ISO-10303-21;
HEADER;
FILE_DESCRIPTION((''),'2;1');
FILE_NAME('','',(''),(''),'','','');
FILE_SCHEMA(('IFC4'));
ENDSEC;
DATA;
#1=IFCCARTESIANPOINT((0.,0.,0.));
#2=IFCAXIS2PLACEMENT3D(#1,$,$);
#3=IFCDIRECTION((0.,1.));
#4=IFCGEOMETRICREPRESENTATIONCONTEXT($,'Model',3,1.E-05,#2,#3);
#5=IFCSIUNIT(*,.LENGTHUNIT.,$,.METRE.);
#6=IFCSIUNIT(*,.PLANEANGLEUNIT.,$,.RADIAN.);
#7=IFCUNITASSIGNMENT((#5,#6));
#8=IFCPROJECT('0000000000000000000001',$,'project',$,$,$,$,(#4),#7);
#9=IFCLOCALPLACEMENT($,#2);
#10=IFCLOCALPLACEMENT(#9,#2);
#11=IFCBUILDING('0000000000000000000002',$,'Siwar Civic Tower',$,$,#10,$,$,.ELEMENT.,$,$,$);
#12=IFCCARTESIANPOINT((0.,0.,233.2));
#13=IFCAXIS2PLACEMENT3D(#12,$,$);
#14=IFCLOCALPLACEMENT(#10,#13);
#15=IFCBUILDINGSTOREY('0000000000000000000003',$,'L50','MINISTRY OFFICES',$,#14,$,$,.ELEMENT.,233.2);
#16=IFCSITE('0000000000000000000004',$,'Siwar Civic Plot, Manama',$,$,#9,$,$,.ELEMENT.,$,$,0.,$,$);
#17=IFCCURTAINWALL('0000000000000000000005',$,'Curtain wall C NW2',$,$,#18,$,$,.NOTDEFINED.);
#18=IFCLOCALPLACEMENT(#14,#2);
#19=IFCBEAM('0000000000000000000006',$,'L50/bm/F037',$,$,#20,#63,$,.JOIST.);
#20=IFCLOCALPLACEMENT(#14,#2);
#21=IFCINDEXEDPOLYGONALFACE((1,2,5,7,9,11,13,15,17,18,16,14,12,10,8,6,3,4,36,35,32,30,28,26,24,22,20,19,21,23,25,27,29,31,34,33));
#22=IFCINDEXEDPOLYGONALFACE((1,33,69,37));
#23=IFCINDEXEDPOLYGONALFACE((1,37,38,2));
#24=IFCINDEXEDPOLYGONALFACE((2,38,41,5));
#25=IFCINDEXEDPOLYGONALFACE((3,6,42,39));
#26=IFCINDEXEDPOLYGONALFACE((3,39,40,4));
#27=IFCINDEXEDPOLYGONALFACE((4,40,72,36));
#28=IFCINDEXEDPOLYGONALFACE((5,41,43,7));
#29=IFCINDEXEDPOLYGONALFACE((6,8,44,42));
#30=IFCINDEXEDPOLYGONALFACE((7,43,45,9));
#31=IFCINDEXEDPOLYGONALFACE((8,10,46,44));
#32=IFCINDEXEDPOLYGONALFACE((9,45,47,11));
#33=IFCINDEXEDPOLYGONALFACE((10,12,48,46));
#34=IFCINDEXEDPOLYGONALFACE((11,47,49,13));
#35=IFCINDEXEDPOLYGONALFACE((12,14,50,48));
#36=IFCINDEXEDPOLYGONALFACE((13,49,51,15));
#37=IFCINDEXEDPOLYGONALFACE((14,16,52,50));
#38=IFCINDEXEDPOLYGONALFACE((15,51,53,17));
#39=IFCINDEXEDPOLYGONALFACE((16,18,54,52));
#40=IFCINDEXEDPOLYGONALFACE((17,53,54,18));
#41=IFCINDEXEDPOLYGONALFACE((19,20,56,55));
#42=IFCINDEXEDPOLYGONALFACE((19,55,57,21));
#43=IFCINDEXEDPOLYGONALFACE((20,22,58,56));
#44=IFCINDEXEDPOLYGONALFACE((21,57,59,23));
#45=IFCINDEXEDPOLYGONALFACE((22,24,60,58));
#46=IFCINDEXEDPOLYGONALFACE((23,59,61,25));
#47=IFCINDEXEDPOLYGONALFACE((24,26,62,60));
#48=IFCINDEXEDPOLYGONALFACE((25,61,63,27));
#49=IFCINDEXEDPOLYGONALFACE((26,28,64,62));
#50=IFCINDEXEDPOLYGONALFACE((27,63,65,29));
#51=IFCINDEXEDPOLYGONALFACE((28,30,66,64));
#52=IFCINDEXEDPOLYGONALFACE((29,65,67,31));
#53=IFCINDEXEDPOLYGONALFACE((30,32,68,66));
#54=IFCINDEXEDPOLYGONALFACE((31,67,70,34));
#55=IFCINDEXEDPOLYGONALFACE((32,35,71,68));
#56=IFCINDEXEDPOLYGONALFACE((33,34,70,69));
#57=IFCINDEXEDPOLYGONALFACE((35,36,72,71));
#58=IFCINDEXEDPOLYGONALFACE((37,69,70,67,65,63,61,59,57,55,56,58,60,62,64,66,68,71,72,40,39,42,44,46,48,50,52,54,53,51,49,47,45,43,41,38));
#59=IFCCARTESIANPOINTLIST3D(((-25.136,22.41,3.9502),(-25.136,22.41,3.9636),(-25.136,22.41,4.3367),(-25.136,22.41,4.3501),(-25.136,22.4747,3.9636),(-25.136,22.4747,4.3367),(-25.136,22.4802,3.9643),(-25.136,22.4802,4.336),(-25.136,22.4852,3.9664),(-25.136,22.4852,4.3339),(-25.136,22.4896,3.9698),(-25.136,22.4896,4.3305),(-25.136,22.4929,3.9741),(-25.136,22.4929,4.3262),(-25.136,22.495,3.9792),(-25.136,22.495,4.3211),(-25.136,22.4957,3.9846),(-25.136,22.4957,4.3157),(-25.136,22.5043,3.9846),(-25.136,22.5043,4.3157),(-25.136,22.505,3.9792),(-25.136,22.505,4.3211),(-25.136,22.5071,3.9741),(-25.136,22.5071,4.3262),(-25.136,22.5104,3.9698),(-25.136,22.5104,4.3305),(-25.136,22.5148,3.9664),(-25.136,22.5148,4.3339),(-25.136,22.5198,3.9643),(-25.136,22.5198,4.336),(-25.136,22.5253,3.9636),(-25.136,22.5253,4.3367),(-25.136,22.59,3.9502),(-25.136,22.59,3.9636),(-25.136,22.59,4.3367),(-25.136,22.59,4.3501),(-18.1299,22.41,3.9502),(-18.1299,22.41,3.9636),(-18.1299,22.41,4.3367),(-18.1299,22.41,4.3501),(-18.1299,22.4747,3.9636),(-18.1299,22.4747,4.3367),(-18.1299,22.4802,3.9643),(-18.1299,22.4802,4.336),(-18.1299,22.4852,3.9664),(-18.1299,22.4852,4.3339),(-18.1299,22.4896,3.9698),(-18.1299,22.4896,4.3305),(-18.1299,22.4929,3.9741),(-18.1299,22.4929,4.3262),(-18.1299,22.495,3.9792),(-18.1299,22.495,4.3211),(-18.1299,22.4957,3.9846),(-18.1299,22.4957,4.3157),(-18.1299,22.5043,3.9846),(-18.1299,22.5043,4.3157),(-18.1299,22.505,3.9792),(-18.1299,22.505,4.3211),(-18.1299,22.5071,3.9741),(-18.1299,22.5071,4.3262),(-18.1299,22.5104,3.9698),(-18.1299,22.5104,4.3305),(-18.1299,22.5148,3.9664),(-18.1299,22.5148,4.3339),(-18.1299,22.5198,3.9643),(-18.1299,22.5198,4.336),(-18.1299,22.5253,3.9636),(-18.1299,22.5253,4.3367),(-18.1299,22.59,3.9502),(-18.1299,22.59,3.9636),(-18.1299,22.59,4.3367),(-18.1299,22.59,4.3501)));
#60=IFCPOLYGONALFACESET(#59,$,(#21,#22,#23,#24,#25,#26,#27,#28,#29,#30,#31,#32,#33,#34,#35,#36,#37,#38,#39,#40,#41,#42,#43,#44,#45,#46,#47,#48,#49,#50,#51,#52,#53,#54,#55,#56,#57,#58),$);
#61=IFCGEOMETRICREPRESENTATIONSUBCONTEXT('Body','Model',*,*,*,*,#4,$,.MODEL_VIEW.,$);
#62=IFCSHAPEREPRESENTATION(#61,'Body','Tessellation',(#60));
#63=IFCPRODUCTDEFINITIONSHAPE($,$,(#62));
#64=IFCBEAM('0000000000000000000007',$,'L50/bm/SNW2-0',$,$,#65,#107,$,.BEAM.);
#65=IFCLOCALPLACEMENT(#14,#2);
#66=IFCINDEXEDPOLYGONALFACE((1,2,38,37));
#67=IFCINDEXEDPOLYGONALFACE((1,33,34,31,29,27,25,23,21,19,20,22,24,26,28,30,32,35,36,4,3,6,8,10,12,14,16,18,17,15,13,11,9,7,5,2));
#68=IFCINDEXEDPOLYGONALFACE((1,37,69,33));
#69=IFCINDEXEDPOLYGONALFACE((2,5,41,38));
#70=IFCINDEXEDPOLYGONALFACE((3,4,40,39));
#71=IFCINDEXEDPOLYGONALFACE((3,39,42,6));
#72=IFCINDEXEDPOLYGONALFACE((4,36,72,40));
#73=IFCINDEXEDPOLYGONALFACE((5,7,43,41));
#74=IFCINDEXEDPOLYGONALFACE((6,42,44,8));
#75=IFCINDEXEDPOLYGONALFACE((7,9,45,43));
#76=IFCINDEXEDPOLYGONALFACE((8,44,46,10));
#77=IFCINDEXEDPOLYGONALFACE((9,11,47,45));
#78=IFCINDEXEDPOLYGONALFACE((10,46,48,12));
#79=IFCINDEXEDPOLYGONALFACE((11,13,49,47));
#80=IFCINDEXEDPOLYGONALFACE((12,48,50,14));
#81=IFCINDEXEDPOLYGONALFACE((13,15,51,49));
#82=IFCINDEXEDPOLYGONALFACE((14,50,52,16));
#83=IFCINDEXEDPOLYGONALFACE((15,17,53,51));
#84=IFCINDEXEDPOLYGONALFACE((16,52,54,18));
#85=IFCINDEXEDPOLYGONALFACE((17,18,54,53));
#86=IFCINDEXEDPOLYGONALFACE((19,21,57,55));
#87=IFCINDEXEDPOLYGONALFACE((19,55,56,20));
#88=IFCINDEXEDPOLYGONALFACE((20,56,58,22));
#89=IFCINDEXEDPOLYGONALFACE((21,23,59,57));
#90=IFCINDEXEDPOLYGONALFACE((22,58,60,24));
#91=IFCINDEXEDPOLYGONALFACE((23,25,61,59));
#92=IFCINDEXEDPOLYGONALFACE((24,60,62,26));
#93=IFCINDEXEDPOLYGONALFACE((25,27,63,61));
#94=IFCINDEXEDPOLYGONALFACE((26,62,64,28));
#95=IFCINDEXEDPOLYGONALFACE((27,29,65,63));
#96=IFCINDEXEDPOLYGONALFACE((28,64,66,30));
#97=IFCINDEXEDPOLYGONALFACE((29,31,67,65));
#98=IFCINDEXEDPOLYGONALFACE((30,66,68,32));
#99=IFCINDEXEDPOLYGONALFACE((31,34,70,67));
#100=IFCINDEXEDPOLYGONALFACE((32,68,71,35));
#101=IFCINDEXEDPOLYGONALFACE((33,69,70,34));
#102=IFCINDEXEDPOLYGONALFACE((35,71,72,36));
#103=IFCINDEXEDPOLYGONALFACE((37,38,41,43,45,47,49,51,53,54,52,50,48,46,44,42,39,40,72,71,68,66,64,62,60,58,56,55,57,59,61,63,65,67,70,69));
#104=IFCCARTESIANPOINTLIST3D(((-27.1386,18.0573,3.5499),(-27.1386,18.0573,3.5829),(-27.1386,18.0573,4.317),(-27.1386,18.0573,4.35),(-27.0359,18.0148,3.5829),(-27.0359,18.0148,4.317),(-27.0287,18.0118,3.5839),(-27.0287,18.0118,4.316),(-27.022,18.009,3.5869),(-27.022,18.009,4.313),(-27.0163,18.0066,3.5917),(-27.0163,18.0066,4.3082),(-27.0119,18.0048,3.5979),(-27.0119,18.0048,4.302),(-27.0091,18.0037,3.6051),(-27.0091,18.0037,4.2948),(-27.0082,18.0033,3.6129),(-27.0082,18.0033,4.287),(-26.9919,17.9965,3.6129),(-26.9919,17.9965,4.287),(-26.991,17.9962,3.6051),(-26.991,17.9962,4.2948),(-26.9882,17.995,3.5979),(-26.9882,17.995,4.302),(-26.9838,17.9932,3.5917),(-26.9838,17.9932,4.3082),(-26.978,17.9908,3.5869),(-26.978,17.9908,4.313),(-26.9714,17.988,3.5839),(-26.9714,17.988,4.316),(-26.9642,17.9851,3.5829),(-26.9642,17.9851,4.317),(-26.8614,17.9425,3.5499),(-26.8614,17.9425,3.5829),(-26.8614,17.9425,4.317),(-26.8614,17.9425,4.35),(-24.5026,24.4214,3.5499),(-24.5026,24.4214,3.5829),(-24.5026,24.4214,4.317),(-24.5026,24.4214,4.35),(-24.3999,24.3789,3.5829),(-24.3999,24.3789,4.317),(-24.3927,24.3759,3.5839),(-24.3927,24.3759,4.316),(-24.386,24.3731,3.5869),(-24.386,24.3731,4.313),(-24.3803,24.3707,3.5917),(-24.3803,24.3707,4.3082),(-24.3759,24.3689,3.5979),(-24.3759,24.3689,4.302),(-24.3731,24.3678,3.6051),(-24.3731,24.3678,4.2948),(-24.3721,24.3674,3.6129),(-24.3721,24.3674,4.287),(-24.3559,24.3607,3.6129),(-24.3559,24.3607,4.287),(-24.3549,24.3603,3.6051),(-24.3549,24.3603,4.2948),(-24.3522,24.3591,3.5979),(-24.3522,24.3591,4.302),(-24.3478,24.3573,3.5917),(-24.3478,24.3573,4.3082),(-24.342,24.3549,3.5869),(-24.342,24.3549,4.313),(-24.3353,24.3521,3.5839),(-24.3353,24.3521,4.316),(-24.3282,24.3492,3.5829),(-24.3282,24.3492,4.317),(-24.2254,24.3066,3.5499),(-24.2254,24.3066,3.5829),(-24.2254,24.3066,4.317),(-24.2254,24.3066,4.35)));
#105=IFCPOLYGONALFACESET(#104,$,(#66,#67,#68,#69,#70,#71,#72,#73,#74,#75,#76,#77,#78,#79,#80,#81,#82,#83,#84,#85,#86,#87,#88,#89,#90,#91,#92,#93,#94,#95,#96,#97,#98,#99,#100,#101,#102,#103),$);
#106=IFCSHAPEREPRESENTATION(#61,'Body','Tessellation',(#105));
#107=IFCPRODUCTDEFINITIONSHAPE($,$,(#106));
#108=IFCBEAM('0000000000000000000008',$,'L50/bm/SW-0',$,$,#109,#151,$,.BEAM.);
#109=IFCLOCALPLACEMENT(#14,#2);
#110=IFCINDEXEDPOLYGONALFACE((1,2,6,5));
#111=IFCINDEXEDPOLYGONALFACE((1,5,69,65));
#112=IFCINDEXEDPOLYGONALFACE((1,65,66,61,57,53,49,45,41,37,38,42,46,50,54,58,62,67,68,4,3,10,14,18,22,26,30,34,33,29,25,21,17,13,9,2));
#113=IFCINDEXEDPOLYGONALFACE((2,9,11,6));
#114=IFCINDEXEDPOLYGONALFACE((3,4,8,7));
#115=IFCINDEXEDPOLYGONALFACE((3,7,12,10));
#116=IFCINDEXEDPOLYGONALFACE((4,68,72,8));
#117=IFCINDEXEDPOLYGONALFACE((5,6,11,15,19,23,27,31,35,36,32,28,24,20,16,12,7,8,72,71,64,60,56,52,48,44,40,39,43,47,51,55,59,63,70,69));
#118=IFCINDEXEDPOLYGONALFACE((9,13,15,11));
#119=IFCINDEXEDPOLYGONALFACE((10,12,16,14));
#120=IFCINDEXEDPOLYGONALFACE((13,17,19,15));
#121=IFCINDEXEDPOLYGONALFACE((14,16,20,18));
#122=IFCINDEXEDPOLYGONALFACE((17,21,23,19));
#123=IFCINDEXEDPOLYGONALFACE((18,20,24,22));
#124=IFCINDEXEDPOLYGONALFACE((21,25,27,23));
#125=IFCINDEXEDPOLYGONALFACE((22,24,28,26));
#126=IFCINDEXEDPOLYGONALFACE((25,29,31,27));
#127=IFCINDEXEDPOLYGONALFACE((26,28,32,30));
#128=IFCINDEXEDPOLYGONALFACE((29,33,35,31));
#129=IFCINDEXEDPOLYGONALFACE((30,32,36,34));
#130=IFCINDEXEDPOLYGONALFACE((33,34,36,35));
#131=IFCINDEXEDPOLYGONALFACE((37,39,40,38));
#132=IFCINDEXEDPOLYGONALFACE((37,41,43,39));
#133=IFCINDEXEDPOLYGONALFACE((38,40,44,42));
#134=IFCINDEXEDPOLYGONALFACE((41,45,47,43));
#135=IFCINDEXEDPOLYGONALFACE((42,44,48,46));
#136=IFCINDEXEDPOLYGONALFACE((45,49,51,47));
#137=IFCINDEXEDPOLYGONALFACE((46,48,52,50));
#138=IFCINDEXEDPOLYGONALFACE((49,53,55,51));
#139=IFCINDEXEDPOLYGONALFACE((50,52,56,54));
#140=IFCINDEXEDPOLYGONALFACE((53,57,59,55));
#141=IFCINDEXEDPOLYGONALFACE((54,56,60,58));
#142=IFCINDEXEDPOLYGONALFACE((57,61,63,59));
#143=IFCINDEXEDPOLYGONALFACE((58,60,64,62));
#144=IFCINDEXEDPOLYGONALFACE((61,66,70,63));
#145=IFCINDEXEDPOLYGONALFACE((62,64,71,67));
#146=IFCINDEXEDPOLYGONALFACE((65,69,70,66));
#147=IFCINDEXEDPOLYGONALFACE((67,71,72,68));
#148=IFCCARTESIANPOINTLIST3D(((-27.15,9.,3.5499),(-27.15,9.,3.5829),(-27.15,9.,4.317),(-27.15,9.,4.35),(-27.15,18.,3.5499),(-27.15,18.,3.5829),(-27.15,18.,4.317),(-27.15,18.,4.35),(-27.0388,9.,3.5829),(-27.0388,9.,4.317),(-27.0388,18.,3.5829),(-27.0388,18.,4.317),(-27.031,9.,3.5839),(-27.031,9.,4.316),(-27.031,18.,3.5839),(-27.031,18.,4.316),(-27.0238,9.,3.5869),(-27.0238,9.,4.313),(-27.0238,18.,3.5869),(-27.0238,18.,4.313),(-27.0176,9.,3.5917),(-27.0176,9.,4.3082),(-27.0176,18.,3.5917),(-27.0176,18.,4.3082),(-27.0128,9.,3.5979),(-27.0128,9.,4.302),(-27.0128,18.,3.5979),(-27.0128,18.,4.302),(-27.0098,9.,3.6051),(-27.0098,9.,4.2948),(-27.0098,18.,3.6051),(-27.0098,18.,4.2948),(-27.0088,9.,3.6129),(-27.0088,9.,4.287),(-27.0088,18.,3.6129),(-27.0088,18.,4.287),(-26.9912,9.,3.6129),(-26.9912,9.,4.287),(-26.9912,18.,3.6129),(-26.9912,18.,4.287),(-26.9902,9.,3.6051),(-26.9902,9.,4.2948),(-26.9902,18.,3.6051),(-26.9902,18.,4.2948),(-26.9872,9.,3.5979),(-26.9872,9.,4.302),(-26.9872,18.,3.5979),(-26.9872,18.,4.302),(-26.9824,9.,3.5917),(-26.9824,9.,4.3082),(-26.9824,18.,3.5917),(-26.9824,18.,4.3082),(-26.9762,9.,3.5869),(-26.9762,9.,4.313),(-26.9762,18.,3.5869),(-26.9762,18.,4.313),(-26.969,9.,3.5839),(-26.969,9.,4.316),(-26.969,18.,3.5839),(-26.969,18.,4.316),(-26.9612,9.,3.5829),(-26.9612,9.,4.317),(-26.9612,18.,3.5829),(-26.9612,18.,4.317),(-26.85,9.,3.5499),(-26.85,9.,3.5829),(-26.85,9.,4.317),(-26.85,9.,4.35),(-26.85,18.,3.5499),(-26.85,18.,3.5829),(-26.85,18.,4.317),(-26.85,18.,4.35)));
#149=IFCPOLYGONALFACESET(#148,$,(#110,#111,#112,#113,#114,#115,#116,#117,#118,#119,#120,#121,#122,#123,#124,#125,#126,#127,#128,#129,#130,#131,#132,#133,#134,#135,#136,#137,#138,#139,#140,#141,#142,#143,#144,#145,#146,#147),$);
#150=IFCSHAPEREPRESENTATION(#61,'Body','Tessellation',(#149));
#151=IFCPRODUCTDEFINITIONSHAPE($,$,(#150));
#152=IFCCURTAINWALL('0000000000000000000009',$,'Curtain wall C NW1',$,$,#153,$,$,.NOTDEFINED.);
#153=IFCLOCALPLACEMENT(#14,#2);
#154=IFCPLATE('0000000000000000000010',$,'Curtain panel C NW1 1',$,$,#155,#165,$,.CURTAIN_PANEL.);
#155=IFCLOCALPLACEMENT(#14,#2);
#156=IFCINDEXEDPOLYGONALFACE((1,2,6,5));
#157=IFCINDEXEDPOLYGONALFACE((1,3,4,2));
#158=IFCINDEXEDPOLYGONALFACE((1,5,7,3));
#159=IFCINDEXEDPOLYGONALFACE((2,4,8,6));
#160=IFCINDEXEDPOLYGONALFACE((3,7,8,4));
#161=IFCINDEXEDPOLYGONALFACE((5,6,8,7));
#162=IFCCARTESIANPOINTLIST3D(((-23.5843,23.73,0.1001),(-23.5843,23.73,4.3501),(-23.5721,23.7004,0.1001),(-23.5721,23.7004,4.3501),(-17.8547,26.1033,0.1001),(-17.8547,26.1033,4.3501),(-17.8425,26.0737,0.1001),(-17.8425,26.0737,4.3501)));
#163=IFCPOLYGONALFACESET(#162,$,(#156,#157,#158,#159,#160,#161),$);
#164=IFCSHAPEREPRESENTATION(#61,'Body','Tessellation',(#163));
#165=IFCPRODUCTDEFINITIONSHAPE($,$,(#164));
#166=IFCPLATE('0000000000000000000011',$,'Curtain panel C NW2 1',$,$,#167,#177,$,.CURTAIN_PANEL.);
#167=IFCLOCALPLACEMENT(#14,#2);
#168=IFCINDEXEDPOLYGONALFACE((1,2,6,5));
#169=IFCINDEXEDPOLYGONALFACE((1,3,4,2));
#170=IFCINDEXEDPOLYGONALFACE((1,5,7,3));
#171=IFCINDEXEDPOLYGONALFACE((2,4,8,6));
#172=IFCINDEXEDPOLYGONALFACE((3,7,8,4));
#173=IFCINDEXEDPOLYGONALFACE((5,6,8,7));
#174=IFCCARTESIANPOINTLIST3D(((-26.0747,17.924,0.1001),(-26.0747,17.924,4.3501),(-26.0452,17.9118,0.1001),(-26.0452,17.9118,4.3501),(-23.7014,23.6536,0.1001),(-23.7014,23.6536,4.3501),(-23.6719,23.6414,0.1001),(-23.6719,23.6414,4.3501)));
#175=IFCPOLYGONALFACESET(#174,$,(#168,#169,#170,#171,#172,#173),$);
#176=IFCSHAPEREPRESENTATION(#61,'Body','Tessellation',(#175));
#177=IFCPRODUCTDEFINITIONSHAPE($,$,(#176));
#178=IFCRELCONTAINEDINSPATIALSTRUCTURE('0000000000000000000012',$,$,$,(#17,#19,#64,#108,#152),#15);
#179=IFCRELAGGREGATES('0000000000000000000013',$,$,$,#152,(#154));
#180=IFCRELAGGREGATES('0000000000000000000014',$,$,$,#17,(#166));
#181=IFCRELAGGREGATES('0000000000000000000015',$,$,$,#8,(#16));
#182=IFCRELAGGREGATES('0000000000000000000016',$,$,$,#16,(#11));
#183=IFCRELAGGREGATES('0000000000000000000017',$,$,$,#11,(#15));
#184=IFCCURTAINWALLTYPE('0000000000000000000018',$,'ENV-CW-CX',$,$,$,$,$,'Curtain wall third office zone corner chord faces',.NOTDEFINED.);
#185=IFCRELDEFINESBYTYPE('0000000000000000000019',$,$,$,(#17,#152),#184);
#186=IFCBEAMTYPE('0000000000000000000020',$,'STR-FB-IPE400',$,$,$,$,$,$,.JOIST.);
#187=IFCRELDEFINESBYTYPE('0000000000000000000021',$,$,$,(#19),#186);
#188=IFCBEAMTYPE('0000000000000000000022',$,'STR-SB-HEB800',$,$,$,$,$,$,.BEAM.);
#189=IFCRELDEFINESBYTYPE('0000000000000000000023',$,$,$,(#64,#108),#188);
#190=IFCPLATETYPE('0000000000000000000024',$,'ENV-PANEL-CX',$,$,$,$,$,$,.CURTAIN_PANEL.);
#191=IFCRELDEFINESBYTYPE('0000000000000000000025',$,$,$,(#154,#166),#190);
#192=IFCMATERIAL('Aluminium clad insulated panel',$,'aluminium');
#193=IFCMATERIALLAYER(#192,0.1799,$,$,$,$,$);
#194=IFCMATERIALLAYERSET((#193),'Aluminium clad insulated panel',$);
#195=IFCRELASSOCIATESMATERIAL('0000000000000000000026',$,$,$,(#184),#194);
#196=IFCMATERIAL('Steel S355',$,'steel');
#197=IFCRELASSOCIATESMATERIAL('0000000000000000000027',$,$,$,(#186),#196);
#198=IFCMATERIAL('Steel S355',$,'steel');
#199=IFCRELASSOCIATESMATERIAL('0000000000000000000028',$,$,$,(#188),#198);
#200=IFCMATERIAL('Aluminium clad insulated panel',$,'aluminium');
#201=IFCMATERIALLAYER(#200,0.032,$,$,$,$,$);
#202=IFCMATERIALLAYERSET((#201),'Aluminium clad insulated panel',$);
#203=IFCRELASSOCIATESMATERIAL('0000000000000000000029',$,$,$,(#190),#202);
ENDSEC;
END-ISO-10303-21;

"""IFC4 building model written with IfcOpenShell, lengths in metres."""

from ifc_helpers import new_model, si_unit, direction, frame, origin, origin_2d, place, context, subcontext, project, spatial, rectangle, i_section, extrude, material, layer, layer_set, material_profile, profile_set, type_object, element, aggregate, save


model = new_model("IFC4")

# Units and contexts
model_context = context("Model", 3, precision=1e-05, world=origin(), true_north=direction((0.0, 1.0)))
body_context = subcontext(model_context, "Body", "Model", "MODEL_VIEW")
ifc_project = project(units=[si_unit("LENGTHUNIT", "METRE"), si_unit("PLANEANGLEUNIT", "RADIAN")], contexts=[model_context])

# Site, building, storey
site_placement = place(None, origin())
site = spatial("IfcSite", under=ifc_project, at=site_placement, Name="Siwar Civic Plot, Manama", CompositionType="ELEMENT", RefElevation=0.0)
building_placement = place(site_placement, origin())
building = spatial("IfcBuilding", under=site, at=building_placement, Name="Siwar Civic Tower", CompositionType="ELEMENT")
storey_placement = place(building_placement, frame((0.0, 0.0, 233.2)))
storey = spatial("IfcBuildingStorey", under=building, at=storey_placement, Name="L50", Description="MINISTRY OFFICES", CompositionType="ELEMENT", Elevation=233.2)

# Curtain wall
ifc_material_1 = material(Name="Aluminium clad insulated panel", Category="aluminium")
ifc_layer_1 = layer(ifc_material_1, 0.1799)
ifc_layer_set_1 = layer_set([ifc_layer_1], Name="Aluminium clad insulated panel")
curtain_wall_type_1 = type_object("IfcCurtainWallType", Name="ENV-CW-CX", ElementType="Curtain wall third office zone corner chord faces", PredefinedType="NOTDEFINED", material=ifc_layer_set_1)
curtain_wall_1_placement = place(storey_placement, origin())
curtain_wall_1 = element("IfcCurtainWall", 1, at=curtain_wall_1_placement, inside=storey, type_object=curtain_wall_type_1, Name="Curtain wall C NW2", PredefinedType="NOTDEFINED")

# Beams
ifc_material_2 = material(Name="Steel S355", Category="steel")
ifc_material_profile_1 = material_profile(ifc_material_2, i_section(OverallWidth=0.1799, OverallDepth=0.3999, WebThickness=0.0085, FlangeThickness=0.0134, FilletRadius=0.021, at=origin_2d()), Name="IPE400")
ifc_profile_set_1 = profile_set([ifc_material_profile_1], Name="Steel S355")
beam_type_1 = type_object("IfcBeamType", Name="STR-FB-IPE400", PredefinedType="JOIST", material=ifc_profile_set_1)
beam_1_placement = place(storey_placement, frame((-25.136, 22.5, 4.1501), z_axis=(1.0, 0.0, 0.0), x_axis=(0.0, 1.0, 0.0)))
element("IfcBeam", 2, at=beam_1_placement, inside=storey, type_object=beam_type_1, Name="L50/bm/F037", PredefinedType="JOIST", context=body_context, shape_type="SweptSolid", body=[
    extrude(i_section(OverallWidth=0.1799, OverallDepth=0.3999, WebThickness=0.0085, FlangeThickness=0.0134, FilletRadius=0.021, at=origin_2d()), origin(), (0.0, 0.0, 1.0), 7.0061),
])
ifc_material_3 = material(Name="Steel S355", Category="steel")
ifc_material_profile_2 = material_profile(ifc_material_3, i_section(OverallWidth=0.3, OverallDepth=0.8, WebThickness=0.0176, FlangeThickness=0.033, FilletRadius=0.03, at=origin_2d()), Name="HEB800")
ifc_profile_set_2 = profile_set([ifc_material_profile_2], Name="Steel S355")
beam_type_2 = type_object("IfcBeamType", Name="STR-SB-HEB800", PredefinedType="BEAM", material=ifc_profile_set_2)
beam_2_placement = place(storey_placement, frame((-24.364, 24.364, 3.95), z_axis=(-0.382674, -0.923883, 0.0), x_axis=(0.923883, -0.382674, 0.0)))
element("IfcBeam", 3, at=beam_2_placement, inside=storey, type_object=beam_type_2, Name="L50/bm/SNW2-0", PredefinedType="BEAM", context=body_context, shape_type="SweptSolid", body=[
    extrude(i_section(OverallWidth=0.3, OverallDepth=0.8, WebThickness=0.0176, FlangeThickness=0.033, FilletRadius=0.03, at=origin_2d()), origin(), (0.0, 0.0, 1.0), 6.8884),
])
beam_3_placement = place(storey_placement, frame((-27.0, 18.0, 3.95), z_axis=(0.0, -1.0, 0.0), x_axis=(1.0, 0.0, 0.0)))
element("IfcBeam", 4, at=beam_3_placement, inside=storey, type_object=beam_type_2, Name="L50/bm/SW-0", PredefinedType="BEAM", context=body_context, shape_type="SweptSolid", body=[
    extrude(i_section(OverallWidth=0.3, OverallDepth=0.8, WebThickness=0.0176, FlangeThickness=0.033, FilletRadius=0.03, at=origin_2d()), origin(), (0.0, 0.0, 1.0), 9.0),
])

# Curtain wall, plate
curtain_wall_2_placement = place(storey_placement, origin())
curtain_wall_2 = element("IfcCurtainWall", 5, at=curtain_wall_2_placement, inside=storey, type_object=curtain_wall_type_1, Name="Curtain wall C NW1", PredefinedType="NOTDEFINED")
ifc_material_4 = material(Name="Aluminium clad insulated panel", Category="aluminium")
ifc_layer_2 = layer(ifc_material_4, 0.032)
ifc_layer_set_2 = layer_set([ifc_layer_2], Name="Aluminium clad insulated panel")
plate_type = type_object("IfcPlateType", Name="ENV-PANEL-CX", PredefinedType="CURTAIN_PANEL", material=ifc_layer_set_2)
plate_1_placement = place(storey_placement, frame((-20.7134, 24.9019, 0.1001), z_axis=(0.0, 0.0, 1.0), x_axis=(-0.92388, -0.382683, 0.0)))
plate_1 = element("IfcPlate", 6, at=plate_1_placement, type_object=plate_type, Name="Curtain panel C NW1 1", PredefinedType="CURTAIN_PANEL", context=body_context, shape_type="SweptSolid", body=[
    extrude(rectangle(XDim=6.2017, YDim=0.032, at=origin_2d()), origin(), (0.0, 0.0, 1.0), 4.25),
])
aggregate(curtain_wall_2, [plate_1])

# Plate
plate_2_placement = place(storey_placement, frame((-24.8733, 20.7827, 0.1001), z_axis=(0.0, 0.0, 1.0), x_axis=(-0.382683, -0.92388, 0.0)))
plate_2 = element("IfcPlate", 7, at=plate_2_placement, type_object=plate_type, Name="Curtain panel C NW2 1", PredefinedType="CURTAIN_PANEL", context=body_context, shape_type="SweptSolid", body=[
    extrude(rectangle(XDim=6.2017, YDim=0.032, at=origin_2d()), origin(), (0.0, 0.0, 1.0), 4.25),
])
aggregate(curtain_wall_1, [plate_2])

save(model, "model.ifc")
